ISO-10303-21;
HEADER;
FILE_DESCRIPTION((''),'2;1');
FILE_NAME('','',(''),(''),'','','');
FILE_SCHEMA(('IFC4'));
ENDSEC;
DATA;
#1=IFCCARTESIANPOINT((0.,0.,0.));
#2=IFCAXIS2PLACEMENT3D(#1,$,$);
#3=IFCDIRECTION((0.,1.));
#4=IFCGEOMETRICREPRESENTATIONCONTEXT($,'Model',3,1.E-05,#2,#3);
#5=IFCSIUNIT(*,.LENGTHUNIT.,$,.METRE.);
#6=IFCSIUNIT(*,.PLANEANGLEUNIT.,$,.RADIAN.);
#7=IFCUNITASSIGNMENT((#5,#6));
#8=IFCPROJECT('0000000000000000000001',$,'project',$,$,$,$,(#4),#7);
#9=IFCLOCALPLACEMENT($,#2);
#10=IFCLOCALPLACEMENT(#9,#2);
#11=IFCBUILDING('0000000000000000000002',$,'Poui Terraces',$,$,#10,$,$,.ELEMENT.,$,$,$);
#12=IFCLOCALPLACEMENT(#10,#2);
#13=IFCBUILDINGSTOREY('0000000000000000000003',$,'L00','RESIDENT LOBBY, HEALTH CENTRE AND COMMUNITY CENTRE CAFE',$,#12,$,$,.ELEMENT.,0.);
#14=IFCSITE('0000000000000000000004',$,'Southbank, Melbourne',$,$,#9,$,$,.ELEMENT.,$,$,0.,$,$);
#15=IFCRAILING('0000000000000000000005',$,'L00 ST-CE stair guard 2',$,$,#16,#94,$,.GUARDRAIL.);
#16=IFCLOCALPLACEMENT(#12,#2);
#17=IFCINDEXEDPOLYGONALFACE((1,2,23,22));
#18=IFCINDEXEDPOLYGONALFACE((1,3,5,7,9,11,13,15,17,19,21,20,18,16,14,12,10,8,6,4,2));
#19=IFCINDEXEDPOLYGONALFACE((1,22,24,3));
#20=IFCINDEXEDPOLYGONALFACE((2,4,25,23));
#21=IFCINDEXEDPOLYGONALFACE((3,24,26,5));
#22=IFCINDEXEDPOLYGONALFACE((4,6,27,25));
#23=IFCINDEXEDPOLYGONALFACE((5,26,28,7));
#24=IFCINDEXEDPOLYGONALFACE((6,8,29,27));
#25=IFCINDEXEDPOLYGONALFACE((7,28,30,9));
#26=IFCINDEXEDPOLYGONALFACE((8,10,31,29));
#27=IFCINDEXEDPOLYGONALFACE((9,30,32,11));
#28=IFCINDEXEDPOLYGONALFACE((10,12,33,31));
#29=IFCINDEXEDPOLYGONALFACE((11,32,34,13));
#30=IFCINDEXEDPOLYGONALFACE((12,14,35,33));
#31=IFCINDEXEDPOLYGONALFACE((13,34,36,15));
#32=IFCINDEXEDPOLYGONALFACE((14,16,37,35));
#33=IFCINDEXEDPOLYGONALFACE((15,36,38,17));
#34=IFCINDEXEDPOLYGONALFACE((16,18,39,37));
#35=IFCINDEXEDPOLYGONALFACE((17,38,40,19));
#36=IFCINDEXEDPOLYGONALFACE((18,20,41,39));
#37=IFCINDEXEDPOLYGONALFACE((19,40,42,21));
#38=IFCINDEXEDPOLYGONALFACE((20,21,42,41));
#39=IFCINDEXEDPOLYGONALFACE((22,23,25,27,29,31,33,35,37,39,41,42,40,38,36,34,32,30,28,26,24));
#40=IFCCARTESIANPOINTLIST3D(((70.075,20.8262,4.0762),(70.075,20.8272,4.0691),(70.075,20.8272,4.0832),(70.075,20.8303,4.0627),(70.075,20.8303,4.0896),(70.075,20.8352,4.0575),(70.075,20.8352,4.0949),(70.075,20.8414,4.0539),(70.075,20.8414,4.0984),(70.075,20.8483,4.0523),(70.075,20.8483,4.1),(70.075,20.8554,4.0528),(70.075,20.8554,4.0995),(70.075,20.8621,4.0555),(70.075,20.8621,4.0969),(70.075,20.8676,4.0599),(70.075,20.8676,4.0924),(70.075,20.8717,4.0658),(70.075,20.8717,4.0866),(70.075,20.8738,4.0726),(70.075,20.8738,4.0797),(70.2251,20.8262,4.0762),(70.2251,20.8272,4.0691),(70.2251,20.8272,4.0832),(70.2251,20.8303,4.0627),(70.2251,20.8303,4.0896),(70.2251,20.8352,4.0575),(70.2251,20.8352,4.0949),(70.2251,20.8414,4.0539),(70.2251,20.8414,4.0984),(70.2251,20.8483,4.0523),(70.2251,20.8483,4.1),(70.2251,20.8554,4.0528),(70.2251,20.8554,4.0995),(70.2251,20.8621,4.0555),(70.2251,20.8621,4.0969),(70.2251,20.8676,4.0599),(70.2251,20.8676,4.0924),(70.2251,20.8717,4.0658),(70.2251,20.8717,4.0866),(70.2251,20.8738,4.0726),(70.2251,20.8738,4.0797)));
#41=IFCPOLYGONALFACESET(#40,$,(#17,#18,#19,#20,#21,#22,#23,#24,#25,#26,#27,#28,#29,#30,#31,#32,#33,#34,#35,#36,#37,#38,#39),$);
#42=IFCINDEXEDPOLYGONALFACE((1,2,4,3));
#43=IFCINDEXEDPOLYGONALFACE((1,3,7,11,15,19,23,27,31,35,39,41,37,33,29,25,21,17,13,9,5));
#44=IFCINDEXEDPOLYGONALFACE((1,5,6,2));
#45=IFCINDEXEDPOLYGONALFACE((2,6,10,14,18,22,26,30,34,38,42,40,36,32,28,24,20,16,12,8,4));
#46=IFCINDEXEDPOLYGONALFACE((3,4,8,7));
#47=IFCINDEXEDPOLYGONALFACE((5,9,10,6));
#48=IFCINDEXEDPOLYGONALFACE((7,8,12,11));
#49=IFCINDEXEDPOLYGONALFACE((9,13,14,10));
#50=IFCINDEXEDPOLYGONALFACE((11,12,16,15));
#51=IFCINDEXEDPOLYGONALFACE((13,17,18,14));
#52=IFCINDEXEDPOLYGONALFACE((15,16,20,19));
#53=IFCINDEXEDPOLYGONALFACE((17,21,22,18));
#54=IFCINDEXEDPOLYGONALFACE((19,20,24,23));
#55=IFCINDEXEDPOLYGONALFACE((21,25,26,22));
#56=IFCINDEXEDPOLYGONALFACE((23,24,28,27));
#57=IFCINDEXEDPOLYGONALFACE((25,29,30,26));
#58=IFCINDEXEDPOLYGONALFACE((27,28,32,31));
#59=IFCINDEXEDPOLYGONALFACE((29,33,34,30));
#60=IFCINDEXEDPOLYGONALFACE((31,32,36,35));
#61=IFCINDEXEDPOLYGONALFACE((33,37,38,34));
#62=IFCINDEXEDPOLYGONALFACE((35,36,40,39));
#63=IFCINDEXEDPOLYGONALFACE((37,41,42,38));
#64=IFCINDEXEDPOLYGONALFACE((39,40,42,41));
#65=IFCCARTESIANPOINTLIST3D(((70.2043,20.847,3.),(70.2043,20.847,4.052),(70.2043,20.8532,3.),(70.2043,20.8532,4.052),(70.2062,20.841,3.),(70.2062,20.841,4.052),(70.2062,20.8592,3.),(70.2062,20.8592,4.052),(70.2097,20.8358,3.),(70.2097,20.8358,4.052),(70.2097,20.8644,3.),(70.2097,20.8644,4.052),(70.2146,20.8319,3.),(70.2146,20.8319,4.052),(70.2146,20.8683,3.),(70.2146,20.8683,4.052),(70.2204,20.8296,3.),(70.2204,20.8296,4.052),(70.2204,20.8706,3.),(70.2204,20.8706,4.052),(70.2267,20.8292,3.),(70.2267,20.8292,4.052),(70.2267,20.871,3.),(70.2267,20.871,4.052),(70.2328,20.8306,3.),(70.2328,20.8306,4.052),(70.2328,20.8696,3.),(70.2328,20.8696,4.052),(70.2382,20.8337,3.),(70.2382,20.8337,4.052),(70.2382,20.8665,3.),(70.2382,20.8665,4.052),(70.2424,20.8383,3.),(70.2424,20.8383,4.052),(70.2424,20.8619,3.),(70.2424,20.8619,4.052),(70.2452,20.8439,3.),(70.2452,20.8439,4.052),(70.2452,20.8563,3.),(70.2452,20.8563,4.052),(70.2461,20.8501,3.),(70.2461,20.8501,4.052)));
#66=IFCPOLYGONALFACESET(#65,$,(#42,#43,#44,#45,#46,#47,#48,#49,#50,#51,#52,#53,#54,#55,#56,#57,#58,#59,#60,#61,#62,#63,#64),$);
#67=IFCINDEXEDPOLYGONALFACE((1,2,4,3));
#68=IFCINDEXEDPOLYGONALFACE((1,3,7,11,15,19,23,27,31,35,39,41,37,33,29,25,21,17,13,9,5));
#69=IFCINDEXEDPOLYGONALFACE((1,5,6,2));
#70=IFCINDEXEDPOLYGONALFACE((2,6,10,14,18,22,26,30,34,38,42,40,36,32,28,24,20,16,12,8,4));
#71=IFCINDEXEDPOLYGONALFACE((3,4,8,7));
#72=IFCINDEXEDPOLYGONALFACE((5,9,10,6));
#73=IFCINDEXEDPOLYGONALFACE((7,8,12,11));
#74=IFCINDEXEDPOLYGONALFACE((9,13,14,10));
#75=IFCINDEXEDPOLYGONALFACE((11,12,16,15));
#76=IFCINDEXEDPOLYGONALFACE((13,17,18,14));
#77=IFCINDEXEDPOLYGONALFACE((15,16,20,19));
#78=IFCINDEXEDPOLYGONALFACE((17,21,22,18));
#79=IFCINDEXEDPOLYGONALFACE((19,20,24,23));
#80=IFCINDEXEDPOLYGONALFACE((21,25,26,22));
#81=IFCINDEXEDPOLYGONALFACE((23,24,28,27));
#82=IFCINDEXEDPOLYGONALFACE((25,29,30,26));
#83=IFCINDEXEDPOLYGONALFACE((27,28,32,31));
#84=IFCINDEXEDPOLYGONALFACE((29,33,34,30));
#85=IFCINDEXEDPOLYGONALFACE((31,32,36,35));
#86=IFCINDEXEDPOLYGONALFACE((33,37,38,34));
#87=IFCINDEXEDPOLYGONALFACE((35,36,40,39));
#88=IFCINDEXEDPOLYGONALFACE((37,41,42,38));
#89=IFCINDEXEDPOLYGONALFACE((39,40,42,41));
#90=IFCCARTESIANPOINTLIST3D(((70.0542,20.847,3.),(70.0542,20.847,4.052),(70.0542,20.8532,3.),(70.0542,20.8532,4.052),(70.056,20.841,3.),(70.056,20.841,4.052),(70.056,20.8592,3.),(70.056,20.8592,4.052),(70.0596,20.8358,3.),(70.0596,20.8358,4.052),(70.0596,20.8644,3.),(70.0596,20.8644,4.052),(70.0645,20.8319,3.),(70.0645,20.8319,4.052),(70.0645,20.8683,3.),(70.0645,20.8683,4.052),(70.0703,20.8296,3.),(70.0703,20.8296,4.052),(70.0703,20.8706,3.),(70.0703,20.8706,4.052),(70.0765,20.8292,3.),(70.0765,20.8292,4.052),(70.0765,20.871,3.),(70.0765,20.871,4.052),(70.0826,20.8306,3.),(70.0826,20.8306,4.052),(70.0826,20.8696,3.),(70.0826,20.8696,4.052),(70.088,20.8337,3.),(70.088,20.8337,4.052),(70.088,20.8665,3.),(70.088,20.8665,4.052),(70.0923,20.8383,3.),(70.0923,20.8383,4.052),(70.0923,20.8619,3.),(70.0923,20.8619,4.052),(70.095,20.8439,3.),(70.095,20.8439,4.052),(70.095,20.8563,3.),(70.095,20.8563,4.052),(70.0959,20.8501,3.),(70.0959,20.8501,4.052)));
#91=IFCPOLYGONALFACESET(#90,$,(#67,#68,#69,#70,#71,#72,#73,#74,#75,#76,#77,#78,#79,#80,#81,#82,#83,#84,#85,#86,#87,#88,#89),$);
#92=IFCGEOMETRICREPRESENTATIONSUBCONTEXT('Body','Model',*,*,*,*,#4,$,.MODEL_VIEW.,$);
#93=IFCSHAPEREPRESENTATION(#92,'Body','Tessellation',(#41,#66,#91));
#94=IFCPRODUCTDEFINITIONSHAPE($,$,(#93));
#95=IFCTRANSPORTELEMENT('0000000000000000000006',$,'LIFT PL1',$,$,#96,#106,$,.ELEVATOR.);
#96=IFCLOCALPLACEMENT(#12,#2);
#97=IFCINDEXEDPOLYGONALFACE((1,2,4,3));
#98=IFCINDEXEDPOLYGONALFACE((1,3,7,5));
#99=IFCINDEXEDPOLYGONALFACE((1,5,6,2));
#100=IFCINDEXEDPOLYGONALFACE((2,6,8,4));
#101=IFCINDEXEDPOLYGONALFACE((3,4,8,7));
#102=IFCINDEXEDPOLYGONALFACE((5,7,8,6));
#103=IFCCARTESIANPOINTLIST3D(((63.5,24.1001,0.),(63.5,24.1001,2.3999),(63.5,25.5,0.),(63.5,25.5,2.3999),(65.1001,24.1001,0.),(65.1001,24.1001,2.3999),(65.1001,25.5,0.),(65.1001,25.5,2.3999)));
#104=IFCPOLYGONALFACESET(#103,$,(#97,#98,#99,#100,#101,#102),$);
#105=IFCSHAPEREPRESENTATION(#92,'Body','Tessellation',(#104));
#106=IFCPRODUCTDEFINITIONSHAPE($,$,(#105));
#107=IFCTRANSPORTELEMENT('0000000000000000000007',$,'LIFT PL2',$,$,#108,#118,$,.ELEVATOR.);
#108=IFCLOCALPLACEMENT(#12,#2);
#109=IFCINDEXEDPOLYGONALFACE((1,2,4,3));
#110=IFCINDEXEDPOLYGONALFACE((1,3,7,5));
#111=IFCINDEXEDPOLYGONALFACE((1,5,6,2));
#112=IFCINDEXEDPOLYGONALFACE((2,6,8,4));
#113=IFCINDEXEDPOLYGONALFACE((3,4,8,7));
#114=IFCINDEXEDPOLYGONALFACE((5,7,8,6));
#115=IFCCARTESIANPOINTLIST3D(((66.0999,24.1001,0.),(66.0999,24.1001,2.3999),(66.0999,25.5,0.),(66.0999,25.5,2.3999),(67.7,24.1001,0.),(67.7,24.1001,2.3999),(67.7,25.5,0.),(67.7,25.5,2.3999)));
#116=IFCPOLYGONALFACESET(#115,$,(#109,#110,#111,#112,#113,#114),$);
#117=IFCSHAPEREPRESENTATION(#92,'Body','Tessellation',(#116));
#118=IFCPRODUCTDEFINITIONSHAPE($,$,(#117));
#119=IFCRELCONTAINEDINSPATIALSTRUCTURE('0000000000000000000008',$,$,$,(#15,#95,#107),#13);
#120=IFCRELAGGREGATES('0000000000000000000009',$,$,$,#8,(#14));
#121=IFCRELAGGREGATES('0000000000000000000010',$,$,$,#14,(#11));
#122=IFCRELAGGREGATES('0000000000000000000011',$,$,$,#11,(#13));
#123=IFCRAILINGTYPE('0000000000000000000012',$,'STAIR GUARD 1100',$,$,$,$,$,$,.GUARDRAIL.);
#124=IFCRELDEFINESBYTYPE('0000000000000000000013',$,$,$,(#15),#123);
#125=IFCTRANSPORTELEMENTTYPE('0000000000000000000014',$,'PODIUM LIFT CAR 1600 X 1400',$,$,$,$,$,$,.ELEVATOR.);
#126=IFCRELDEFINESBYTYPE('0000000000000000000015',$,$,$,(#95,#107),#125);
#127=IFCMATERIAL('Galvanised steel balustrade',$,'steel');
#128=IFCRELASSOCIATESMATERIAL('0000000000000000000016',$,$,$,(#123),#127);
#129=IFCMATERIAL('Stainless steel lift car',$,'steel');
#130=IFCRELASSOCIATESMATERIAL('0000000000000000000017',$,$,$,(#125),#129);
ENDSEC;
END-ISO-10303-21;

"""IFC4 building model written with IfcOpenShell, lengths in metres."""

from ifc_helpers import new_model, si_unit, direction, frame, origin, origin_2d, place, context, subcontext, project, spatial, rectangle, circle, extrude, source, transform, mapped, material, type_object, element, save


model = new_model("IFC4")

# Units and contexts
model_context = context("Model", 3, precision=1e-05, world=origin(), true_north=direction((0.0, 1.0)))
body_context = subcontext(model_context, "Body", "Model", "MODEL_VIEW")
ifc_project = project(units=[si_unit("LENGTHUNIT", "METRE"), si_unit("PLANEANGLEUNIT", "RADIAN")], contexts=[model_context])

# Site, building, storey
site_placement = place(None, origin())
site = spatial("IfcSite", under=ifc_project, at=site_placement, Name="Southbank, Melbourne", CompositionType="ELEMENT", RefElevation=0.0)
building_placement = place(site_placement, origin())
building = spatial("IfcBuilding", under=site, at=building_placement, Name="Poui Terraces", CompositionType="ELEMENT")
storey_placement = place(building_placement, origin())
storey = spatial("IfcBuildingStorey", under=building, at=storey_placement, Name="L00", Description="RESIDENT LOBBY, HEALTH CENTRE AND COMMUNITY CENTRE CAFE", CompositionType="ELEMENT", Elevation=0.0)

# Railing
ifc_material_1 = material(Name="Galvanised steel balustrade", Category="steel")
railing_type_1 = type_object("IfcRailingType", Name="STAIR GUARD 1100", PredefinedType="GUARDRAIL", material=ifc_material_1)
railing_1_placement = place(storey_placement, frame((70.2251, 20.8501, 3.0)))
element("IfcRailing", 1, at=railing_1_placement, inside=storey, type_object=railing_type_1, Name="L00 ST-CE stair guard 2", PredefinedType="GUARDRAIL", context=body_context, shape_type="SweptSolid", body=[
    extrude(circle(Radius=0.0239, at=origin_2d()), frame((0.0, 0.0, 1.0762), z_axis=(-1.0, 0.0, 0.0), x_axis=(0.0, -1.0, 0.0)), (0.0, 0.0, 1.0), 0.1501),
    extrude(circle(Radius=0.021, at=origin_2d()), origin(), (0.0, 0.0, 1.0), 1.052),
    extrude(circle(Radius=0.021, at=origin_2d()), frame((-0.1501, 0.0, 0.0)), (0.0, 0.0, 1.0), 1.052),
])

# Transport elements
ifc_material_2 = material(Name="Stainless steel lift car", Category="steel")
transport_element_type = type_object("IfcTransportElementType", Name="PODIUM LIFT CAR 1600 X 1400", PredefinedType="ELEVATOR", material=ifc_material_2)
shared_shape = source(origin(), body_context, "Body", "SweptSolid", [
    extrude(rectangle(XDim=1.6001, YDim=1.3999, at=origin_2d()), origin(), (0.0, 0.0, 1.0), 2.3999),
])
for number, where, z_axis, x_axis, name in (
    (2, (64.3, 24.8, 0.0), (0.0, 0.0, 1.0), (1.0, 0.0, 0.0), "LIFT PL1"),
    (3, (66.8999, 24.8, 0.0), (0.0, 0.0, 1.0), (1.0, 0.0, 0.0), "LIFT PL2"),
):
    element("IfcTransportElement", number, at=place(storey_placement, frame(where, z_axis=z_axis, x_axis=x_axis)), inside=storey, type_object=transport_element_type, Name=name, PredefinedType="ELEVATOR", context=body_context, shape_type="MappedRepresentation", body=[
        mapped(shared_shape, transform((0.0, 0.0, 0.0))),
    ])

save(model, "model.ifc")
